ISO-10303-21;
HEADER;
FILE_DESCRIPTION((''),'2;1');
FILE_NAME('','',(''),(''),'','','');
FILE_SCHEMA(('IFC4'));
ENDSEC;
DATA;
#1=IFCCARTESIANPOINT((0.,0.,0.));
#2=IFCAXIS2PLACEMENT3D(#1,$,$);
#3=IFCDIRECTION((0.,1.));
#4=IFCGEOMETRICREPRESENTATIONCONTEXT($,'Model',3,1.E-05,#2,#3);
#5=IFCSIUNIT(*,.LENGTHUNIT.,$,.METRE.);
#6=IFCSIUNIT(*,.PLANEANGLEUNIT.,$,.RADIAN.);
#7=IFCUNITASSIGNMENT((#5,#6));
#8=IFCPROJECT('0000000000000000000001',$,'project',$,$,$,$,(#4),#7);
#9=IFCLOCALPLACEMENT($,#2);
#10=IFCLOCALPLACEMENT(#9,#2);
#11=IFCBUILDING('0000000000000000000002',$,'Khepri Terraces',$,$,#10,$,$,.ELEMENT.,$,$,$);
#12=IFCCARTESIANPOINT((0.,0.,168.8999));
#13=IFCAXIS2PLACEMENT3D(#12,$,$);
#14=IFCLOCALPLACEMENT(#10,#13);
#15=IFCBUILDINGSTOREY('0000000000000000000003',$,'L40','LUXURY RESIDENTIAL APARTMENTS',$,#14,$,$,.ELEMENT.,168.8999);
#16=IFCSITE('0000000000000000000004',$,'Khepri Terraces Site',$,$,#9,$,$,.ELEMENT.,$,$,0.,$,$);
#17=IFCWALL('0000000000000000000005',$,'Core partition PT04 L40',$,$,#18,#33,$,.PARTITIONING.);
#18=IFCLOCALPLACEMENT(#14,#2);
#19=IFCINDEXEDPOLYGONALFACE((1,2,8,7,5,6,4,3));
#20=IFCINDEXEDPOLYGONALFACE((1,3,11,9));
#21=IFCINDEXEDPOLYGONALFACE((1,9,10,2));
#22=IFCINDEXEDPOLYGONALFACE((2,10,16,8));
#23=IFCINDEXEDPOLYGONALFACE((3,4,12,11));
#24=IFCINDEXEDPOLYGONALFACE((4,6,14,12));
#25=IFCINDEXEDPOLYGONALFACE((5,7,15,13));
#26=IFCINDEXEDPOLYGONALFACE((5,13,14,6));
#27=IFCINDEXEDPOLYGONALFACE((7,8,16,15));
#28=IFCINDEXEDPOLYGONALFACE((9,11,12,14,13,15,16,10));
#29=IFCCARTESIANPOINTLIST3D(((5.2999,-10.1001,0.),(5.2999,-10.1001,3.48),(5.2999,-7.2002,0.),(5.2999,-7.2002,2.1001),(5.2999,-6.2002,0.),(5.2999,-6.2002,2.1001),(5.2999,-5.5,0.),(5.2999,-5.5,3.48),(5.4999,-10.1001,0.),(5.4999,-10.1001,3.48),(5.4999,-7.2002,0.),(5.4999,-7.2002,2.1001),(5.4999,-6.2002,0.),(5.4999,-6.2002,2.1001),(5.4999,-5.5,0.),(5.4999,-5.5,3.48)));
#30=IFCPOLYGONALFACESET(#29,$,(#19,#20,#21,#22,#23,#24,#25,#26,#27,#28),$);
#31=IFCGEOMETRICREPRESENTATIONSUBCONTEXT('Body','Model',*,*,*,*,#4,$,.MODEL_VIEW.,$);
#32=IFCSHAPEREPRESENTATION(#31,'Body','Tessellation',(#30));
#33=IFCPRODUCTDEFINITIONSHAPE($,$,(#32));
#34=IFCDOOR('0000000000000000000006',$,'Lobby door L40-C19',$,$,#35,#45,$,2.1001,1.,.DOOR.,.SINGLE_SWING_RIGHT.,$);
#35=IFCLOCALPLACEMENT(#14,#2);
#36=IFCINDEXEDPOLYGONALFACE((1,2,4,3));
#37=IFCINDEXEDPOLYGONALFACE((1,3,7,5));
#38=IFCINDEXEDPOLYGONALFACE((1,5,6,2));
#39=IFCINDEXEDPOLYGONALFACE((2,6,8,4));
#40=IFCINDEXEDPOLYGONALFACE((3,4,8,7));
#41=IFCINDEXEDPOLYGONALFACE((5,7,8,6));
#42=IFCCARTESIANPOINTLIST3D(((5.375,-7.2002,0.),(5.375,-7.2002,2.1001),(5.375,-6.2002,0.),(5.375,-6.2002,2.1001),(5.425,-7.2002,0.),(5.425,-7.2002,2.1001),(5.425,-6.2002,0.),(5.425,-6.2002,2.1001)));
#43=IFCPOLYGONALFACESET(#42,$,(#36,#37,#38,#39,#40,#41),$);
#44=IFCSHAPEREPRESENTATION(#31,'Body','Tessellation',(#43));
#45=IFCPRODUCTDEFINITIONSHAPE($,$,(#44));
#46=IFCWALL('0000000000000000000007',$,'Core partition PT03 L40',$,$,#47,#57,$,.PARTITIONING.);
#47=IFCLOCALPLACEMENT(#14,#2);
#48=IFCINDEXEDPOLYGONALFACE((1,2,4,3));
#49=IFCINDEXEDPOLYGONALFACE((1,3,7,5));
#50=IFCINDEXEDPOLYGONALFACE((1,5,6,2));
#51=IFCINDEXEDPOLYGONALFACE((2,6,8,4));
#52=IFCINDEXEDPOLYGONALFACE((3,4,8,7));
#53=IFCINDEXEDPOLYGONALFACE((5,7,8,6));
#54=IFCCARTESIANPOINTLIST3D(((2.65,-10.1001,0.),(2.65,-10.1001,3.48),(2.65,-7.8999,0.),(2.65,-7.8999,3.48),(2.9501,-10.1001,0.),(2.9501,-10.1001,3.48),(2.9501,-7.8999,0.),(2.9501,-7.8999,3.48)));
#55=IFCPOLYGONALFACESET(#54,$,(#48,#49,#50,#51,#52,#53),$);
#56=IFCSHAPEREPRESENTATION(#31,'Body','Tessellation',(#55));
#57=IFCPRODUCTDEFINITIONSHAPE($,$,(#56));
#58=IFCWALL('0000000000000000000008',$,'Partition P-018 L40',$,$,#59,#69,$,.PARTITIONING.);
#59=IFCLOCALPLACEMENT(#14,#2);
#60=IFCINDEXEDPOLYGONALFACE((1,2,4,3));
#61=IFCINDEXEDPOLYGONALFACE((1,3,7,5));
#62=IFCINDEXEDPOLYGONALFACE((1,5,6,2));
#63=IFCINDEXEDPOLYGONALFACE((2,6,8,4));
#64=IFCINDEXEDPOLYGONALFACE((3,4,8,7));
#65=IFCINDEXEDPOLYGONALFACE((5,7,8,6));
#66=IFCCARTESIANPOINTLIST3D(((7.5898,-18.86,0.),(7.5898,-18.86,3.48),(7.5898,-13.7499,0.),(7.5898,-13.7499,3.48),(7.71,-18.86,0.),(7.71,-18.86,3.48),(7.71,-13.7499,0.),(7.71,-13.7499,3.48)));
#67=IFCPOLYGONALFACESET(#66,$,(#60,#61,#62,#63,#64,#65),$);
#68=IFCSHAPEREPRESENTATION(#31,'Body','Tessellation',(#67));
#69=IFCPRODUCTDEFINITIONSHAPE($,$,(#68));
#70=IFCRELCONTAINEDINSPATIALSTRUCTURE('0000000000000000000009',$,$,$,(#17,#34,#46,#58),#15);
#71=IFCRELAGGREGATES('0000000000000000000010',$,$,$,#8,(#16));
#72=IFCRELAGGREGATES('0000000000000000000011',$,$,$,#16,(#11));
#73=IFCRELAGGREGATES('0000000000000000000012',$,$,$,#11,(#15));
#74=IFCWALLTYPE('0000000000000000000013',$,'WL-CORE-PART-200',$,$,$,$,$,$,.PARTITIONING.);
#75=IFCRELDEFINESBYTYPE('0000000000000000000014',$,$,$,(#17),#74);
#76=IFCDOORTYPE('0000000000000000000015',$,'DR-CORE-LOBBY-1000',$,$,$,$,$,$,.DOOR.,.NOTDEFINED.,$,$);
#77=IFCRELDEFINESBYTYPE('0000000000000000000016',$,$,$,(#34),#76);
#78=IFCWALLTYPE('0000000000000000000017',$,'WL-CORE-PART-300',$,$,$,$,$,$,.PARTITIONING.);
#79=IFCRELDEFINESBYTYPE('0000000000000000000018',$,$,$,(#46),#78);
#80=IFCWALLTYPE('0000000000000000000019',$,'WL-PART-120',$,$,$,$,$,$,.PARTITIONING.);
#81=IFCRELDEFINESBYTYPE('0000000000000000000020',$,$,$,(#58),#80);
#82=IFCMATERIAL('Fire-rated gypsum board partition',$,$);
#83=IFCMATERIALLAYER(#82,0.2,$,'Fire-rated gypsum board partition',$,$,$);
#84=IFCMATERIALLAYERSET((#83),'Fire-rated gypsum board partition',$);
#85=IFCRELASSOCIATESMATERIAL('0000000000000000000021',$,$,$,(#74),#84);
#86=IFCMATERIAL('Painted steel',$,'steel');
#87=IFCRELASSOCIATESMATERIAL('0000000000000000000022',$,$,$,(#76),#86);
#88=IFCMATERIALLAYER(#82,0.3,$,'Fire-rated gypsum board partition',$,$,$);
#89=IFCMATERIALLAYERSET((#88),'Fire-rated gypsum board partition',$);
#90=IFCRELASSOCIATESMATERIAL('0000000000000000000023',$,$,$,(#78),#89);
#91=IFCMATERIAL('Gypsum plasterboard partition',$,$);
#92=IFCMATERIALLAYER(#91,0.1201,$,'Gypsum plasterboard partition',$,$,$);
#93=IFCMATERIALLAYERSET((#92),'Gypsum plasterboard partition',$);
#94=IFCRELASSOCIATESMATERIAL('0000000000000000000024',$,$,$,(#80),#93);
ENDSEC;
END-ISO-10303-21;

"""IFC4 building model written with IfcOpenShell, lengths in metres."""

from ifc_helpers import new_model, si_unit, direction, frame, frame_2d, origin, place, context, subcontext, project, spatial, rectangle, extrude, material, layer, layer_set, type_object, element, fill, save


model = new_model("IFC4")

# Units and contexts
model_context = context("Model", 3, precision=1e-05, world=origin(), true_north=direction((0.0, 1.0)))
body_context = subcontext(model_context, "Body", "Model", "MODEL_VIEW")
ifc_project = project(units=[si_unit("LENGTHUNIT", "METRE"), si_unit("PLANEANGLEUNIT", "RADIAN")], contexts=[model_context])

# Site, building, storey
site_placement = place(None, origin())
site = spatial("IfcSite", under=ifc_project, at=site_placement, Name="Khepri Terraces Site", CompositionType="ELEMENT", RefElevation=0.0)
building_placement = place(site_placement, origin())
building = spatial("IfcBuilding", under=site, at=building_placement, Name="Khepri Terraces", CompositionType="ELEMENT")
storey_placement = place(building_placement, frame((0.0, 0.0, 168.8999)))
storey = spatial("IfcBuildingStorey", under=building, at=storey_placement, Name="L40", Description="LUXURY RESIDENTIAL APARTMENTS", CompositionType="ELEMENT", Elevation=168.8999)

# Shared definitions
ifc_material_1 = material(Name="Fire-rated gypsum board partition")
ifc_layer_1 = layer(ifc_material_1, 0.2, Name="Fire-rated gypsum board partition")
ifc_layer_set_1 = layer_set([ifc_layer_1], Name="Fire-rated gypsum board partition")
wall_type_1 = type_object("IfcWallType", Name="WL-CORE-PART-200", PredefinedType="PARTITIONING", material=ifc_layer_set_1)

# Wall, opening, door
wall_1_placement = place(storey_placement, frame((5.3999, -10.1001, 0.0), z_axis=(0.0, 0.0, 1.0), x_axis=(0.0, 1.0, 0.0)))
wall_1 = element("IfcWall", 1, at=wall_1_placement, inside=storey, type_object=wall_type_1, Name="Core partition PT04 L40", PredefinedType="PARTITIONING", context=body_context, shape_type="SweptSolid", body=[
    extrude(rectangle(XDim=4.6001, YDim=0.2, at=frame_2d((2.3, 0.0))), origin(), (0.0, 0.0, 1.0), 3.48),
])
opening_1_placement = place(wall_1_placement, frame((2.8999, 0.0, 0.0)))
opening_1 = element("IfcOpeningElement", 2, at=opening_1_placement, cuts=wall_1, PredefinedType="OPENING", context=body_context, shape_type="SweptSolid", body=[
    extrude(rectangle(XDim=1.0, YDim=2.1001, at=frame_2d((0.5, 1.05))), frame((0.0, 0.1099, 0.0), z_axis=(0.0, -1.0, 0.0), x_axis=(1.0, 0.0, 0.0)), (0.0, 0.0, 1.0), 0.22),
])
ifc_material_2 = material(Name="Painted steel", Category="steel")
door_type_1 = type_object("IfcDoorType", Name="DR-CORE-LOBBY-1000", OperationType="NOTDEFINED", PredefinedType="DOOR", material=ifc_material_2)
door_1_placement = place(opening_1_placement, origin())
door_1 = element("IfcDoor", 3, at=door_1_placement, inside=storey, type_object=door_type_1, Name="Lobby door L40-C19", OperationType="SINGLE_SWING_RIGHT", OverallHeight=2.1001, OverallWidth=1.0, PredefinedType="DOOR", context=body_context, shape_type="SweptSolid", body=[
    extrude(rectangle(XDim=1.0, YDim=2.1001, at=frame_2d((0.5, 1.05))), frame((0.0, 0.0249, 0.0), z_axis=(0.0, -1.0, 0.0), x_axis=(1.0, 0.0, 0.0)), (0.0, 0.0, 1.0), 0.05),
])
fill(opening_1, door_1)

# Wall
ifc_layer_2 = layer(ifc_material_1, 0.3, Name="Fire-rated gypsum board partition")
ifc_layer_set_2 = layer_set([ifc_layer_2], Name="Fire-rated gypsum board partition")
wall_type_2 = type_object("IfcWallType", Name="WL-CORE-PART-300", PredefinedType="PARTITIONING", material=ifc_layer_set_2)
wall_2_placement = place(storey_placement, frame((2.8, -10.1001, 0.0), z_axis=(0.0, 0.0, 1.0), x_axis=(0.0, 1.0, 0.0)))
element("IfcWall", 4, at=wall_2_placement, inside=storey, type_object=wall_type_2, Name="Core partition PT03 L40", PredefinedType="PARTITIONING", context=body_context, shape_type="SweptSolid", body=[
    extrude(rectangle(XDim=2.2002, YDim=0.3, at=frame_2d((1.1001, 0.0))), origin(), (0.0, 0.0, 1.0), 3.48),
])

# Wall
ifc_material_3 = material(Name="Gypsum plasterboard partition")
ifc_layer_3 = layer(ifc_material_3, 0.1201, Name="Gypsum plasterboard partition")
ifc_layer_set_3 = layer_set([ifc_layer_3], Name="Gypsum plasterboard partition")
wall_type_3 = type_object("IfcWallType", Name="WL-PART-120", PredefinedType="PARTITIONING", material=ifc_layer_set_3)
wall_3_placement = place(storey_placement, frame((7.6499, -18.8601, 0.0), z_axis=(0.0, 0.0, 1.0), x_axis=(0.0, 1.0, 0.0)))
element("IfcWall", 5, at=wall_3_placement, inside=storey, type_object=wall_type_3, Name="Partition P-018 L40", PredefinedType="PARTITIONING", context=body_context, shape_type="SweptSolid", body=[
    extrude(rectangle(XDim=5.1101, YDim=0.1201, at=frame_2d((2.5552, 0.0))), origin(), (0.0, 0.0, 1.0), 3.48),
])

save(model, "model.ifc")
